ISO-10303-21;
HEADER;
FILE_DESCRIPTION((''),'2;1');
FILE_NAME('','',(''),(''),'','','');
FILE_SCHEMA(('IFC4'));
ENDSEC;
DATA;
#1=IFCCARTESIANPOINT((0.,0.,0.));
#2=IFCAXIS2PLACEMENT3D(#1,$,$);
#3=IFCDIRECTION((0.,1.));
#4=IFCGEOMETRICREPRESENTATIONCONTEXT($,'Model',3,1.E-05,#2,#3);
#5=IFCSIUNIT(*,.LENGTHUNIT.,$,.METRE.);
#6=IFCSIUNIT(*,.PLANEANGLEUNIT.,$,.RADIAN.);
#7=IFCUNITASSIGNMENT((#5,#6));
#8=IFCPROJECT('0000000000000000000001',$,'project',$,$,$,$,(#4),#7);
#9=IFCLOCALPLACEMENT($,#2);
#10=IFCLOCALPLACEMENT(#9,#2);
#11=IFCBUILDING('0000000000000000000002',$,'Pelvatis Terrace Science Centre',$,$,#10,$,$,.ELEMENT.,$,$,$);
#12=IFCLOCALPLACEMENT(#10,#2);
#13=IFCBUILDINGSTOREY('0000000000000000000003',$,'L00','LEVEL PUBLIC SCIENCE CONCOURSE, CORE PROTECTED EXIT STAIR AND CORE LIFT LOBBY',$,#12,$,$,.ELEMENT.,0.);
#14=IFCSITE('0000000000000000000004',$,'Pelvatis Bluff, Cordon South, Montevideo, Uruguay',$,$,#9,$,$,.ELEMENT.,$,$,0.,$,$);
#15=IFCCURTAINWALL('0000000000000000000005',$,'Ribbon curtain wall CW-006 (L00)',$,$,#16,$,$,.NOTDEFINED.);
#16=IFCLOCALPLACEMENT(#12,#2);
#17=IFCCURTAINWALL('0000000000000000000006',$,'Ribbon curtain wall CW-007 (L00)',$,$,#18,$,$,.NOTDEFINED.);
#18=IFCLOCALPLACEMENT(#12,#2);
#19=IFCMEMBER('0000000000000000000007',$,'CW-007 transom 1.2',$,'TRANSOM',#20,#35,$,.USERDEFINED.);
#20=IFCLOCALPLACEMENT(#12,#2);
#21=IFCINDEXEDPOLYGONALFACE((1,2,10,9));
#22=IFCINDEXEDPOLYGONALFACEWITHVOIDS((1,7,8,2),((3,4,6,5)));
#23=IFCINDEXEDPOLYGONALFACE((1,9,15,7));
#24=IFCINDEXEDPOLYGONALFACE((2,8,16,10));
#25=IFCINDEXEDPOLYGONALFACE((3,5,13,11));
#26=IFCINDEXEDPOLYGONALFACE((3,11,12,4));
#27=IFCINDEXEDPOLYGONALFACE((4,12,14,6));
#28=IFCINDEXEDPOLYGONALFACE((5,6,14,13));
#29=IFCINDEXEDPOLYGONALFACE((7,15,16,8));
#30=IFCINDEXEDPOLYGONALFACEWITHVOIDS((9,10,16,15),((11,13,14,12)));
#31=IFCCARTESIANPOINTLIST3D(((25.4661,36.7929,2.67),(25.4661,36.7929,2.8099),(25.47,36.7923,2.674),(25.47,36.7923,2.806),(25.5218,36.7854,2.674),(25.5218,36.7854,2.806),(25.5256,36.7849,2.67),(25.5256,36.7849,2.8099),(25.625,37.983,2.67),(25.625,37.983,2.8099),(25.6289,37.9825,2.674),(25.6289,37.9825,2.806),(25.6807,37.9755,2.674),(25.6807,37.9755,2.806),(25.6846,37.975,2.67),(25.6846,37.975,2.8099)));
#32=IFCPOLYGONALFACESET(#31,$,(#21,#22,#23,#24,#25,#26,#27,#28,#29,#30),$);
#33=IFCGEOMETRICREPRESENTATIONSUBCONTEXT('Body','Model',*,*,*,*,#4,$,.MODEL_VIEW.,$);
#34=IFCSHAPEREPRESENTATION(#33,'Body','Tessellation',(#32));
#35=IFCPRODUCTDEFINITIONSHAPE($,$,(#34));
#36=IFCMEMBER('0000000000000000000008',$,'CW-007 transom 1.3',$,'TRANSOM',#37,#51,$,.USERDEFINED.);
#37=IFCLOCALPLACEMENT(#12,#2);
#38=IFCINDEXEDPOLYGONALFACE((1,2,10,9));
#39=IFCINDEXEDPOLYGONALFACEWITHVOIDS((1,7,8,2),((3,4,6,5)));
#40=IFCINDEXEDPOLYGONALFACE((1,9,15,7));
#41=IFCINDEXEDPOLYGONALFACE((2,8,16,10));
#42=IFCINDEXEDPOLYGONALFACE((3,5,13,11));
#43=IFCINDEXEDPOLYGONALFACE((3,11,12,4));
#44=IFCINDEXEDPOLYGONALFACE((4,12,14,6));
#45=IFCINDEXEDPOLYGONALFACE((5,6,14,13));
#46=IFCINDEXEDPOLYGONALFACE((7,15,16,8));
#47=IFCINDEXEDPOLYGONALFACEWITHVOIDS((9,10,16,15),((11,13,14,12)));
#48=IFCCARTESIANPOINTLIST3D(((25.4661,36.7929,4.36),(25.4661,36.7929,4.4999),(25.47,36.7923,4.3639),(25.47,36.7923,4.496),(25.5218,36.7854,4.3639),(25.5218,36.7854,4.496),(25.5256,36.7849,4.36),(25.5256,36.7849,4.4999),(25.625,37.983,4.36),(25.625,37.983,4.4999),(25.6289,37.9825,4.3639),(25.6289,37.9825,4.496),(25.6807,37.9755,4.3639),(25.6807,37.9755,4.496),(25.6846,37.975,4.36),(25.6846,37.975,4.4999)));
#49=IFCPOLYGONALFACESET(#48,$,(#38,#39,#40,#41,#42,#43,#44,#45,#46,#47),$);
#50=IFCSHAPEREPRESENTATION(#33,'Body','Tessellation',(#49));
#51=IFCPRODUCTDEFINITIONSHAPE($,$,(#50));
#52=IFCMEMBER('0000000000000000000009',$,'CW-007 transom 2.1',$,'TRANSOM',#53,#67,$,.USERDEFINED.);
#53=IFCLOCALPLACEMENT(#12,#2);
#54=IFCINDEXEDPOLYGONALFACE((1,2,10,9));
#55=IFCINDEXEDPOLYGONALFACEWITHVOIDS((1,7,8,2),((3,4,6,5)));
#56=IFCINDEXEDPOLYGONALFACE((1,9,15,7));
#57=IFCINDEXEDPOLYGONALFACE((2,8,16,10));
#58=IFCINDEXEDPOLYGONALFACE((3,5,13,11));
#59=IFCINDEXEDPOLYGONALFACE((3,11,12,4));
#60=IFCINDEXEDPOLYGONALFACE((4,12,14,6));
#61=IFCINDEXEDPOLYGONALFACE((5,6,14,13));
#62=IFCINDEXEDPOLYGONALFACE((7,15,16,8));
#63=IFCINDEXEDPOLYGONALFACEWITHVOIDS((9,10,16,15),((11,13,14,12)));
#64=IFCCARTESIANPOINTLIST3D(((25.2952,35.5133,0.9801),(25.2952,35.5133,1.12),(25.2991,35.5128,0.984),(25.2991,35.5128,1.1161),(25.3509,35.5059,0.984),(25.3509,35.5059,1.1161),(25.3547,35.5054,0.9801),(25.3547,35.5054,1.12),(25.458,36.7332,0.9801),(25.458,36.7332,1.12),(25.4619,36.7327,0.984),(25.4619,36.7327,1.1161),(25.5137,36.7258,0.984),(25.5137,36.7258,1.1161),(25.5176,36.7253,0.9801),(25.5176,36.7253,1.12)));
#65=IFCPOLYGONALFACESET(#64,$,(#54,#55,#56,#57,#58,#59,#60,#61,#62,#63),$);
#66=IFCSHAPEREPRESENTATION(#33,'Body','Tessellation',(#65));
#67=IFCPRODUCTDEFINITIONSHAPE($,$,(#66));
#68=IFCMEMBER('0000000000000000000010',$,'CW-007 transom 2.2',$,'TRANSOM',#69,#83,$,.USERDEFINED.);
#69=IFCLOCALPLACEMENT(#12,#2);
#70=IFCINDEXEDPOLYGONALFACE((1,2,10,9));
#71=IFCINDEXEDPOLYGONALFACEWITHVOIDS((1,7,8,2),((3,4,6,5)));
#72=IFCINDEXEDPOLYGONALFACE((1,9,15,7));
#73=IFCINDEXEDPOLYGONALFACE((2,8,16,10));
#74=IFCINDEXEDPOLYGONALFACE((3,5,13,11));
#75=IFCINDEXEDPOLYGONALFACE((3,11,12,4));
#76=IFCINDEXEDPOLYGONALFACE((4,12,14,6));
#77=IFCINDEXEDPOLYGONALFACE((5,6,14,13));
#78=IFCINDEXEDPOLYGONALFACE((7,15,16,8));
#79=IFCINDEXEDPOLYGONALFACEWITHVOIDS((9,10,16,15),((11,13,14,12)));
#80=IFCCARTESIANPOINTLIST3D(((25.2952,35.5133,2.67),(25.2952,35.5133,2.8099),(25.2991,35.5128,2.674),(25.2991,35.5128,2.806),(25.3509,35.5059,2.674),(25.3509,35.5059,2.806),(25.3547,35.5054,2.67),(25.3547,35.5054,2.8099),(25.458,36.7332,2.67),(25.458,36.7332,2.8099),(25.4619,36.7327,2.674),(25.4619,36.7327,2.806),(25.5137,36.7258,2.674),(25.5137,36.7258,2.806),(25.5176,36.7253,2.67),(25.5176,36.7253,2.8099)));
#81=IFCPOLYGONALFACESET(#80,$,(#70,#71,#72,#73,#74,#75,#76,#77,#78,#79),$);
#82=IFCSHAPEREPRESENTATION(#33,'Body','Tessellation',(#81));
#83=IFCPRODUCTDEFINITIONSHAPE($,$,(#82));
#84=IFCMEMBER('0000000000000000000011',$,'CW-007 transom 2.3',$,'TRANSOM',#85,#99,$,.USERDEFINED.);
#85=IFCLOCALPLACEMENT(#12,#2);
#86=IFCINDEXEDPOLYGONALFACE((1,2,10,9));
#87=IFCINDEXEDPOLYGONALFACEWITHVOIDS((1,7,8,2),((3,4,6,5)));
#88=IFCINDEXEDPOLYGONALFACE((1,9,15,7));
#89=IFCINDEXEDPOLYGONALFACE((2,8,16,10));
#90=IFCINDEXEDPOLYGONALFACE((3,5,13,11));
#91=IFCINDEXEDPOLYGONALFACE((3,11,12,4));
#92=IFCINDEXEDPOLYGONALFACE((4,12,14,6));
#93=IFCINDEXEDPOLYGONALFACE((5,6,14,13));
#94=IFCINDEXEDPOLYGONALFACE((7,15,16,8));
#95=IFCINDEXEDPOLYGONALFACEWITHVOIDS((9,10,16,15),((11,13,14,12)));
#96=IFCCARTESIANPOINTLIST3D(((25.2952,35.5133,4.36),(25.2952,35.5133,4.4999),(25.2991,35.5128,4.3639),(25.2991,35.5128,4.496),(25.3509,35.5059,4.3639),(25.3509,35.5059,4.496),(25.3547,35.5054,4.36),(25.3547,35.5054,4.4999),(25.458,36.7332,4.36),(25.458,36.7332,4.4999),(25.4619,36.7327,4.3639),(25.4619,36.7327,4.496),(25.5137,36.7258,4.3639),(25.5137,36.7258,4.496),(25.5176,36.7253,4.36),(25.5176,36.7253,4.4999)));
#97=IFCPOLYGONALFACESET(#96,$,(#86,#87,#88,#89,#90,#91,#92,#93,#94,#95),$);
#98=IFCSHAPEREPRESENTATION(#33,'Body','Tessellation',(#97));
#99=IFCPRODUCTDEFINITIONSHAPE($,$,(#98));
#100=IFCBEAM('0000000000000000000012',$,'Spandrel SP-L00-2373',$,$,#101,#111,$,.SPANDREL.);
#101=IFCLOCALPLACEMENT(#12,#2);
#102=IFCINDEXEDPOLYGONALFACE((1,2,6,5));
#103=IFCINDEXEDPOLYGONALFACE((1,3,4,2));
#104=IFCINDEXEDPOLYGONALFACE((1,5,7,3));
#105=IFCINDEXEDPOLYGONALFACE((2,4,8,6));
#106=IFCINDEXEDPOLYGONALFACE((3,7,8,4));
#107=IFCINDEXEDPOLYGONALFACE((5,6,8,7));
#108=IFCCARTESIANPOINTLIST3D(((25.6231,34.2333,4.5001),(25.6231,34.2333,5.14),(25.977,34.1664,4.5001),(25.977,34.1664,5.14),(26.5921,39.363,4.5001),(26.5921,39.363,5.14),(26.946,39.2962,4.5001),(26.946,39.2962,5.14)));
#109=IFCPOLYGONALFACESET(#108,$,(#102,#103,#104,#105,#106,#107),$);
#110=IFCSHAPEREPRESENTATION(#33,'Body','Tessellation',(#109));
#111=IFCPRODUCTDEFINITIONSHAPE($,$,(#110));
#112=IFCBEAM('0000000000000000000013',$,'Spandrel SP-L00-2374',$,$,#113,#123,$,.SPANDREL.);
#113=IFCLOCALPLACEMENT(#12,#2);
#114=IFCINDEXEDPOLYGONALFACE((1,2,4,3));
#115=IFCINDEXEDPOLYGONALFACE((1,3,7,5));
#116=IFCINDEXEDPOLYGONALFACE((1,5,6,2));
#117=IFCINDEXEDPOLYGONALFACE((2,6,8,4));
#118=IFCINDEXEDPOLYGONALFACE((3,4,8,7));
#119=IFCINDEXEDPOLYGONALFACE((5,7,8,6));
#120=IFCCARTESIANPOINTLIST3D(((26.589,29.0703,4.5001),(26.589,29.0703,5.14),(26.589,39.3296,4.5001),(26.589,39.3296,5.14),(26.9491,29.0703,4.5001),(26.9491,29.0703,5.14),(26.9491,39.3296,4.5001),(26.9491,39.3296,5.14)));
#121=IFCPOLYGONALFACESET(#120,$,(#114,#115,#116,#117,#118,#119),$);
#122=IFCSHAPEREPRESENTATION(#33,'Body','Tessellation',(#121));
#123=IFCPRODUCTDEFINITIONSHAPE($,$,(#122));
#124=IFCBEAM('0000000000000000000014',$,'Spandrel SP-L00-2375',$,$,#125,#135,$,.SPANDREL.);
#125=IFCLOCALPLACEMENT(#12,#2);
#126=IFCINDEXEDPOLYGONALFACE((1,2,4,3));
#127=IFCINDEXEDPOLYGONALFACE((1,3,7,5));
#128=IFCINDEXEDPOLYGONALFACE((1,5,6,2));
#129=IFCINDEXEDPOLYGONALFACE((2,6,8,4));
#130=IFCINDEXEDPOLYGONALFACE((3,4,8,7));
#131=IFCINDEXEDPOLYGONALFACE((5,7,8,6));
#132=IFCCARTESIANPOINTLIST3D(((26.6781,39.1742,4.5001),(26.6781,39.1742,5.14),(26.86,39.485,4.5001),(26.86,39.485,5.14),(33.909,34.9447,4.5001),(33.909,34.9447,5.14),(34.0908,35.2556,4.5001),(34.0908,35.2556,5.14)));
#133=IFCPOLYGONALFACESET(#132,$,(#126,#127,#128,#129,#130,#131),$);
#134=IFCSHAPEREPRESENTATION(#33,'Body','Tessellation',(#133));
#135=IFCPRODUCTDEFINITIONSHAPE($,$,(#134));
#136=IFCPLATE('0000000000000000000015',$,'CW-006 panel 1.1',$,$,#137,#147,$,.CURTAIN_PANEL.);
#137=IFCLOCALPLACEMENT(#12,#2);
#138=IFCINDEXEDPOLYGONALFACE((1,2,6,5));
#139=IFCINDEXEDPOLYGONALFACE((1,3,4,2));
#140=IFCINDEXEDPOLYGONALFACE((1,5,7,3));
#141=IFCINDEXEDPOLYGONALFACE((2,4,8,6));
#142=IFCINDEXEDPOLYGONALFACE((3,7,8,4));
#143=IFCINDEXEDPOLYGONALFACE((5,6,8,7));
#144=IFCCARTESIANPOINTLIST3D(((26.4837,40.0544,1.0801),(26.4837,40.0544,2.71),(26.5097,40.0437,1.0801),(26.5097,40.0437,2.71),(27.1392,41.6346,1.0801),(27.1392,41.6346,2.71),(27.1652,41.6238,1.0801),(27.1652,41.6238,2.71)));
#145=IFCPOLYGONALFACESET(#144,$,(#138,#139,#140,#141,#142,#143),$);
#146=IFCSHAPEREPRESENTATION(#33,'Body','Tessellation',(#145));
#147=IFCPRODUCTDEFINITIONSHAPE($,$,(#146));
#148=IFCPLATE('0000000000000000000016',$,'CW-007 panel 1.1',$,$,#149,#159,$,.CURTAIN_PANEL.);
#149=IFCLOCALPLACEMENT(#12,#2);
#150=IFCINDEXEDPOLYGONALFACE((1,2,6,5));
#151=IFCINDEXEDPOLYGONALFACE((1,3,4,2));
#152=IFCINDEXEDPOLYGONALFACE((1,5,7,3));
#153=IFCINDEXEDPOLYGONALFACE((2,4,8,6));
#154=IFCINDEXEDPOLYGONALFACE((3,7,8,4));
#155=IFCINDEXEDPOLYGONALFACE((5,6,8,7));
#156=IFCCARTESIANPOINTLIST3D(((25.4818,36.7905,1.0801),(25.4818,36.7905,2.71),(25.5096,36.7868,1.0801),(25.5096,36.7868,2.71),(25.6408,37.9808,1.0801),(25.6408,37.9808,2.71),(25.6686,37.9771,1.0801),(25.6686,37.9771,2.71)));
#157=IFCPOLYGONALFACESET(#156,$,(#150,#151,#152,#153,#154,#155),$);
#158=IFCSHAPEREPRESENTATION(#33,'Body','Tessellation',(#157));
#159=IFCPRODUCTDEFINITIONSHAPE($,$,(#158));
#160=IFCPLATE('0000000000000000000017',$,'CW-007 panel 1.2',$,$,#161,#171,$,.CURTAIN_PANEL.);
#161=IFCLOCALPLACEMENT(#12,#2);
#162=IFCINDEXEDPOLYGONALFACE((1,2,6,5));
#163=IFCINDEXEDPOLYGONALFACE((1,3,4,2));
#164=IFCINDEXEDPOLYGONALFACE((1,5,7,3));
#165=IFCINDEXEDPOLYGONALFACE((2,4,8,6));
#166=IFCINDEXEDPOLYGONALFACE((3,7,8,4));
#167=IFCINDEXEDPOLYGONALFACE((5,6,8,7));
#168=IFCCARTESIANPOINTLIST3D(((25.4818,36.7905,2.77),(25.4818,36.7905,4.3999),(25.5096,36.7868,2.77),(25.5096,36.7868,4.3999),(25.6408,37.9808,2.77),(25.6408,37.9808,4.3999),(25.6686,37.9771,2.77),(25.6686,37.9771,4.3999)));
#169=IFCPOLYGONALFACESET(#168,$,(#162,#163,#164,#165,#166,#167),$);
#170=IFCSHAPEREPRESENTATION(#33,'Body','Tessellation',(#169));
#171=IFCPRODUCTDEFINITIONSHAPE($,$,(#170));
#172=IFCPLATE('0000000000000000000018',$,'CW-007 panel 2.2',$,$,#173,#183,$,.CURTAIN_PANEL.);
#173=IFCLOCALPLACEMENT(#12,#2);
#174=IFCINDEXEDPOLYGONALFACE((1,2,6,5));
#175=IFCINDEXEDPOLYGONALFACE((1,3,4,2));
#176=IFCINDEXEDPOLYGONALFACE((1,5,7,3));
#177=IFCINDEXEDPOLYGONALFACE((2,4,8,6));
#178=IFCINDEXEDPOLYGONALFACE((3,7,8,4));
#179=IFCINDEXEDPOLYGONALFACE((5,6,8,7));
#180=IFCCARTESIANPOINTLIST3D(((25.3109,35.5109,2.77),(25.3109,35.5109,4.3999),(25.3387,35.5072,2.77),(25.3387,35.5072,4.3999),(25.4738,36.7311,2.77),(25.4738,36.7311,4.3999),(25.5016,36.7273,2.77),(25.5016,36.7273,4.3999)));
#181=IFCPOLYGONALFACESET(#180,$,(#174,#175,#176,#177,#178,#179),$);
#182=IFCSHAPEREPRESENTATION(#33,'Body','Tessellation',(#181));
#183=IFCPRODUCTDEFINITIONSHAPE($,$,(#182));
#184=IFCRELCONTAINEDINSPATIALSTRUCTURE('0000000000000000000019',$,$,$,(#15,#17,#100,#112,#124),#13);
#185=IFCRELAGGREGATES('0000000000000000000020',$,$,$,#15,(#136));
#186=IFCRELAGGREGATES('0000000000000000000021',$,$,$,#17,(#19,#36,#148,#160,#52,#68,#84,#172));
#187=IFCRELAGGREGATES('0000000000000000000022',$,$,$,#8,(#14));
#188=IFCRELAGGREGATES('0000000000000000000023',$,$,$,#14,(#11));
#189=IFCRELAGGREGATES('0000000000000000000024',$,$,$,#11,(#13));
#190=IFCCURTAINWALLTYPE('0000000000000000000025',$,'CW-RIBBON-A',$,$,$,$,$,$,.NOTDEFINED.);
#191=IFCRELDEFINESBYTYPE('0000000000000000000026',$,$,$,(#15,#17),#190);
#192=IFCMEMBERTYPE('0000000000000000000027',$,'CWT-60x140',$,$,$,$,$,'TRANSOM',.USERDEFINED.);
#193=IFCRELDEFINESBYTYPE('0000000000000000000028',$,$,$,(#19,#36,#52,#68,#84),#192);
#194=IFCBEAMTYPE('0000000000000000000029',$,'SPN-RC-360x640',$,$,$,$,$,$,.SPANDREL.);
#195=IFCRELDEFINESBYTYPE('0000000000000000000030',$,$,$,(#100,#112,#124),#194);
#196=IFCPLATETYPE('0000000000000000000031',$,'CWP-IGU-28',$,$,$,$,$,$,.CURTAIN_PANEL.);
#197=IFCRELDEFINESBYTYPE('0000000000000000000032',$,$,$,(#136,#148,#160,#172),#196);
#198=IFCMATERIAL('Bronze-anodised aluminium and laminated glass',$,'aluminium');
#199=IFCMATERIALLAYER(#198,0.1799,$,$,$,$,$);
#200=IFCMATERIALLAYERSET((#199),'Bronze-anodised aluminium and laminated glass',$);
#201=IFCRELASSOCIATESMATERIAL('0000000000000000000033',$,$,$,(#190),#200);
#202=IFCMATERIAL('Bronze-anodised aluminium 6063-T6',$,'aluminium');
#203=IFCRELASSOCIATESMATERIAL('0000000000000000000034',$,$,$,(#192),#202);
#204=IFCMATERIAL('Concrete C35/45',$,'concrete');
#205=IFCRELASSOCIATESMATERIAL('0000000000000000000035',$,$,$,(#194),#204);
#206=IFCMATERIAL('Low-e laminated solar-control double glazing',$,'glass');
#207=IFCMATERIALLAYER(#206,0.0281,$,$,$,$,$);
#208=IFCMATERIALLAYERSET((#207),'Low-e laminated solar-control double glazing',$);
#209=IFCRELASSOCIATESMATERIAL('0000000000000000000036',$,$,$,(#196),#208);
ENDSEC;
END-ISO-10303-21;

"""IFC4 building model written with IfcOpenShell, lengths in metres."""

from ifc_helpers import new_model, si_unit, direction, frame, origin, origin_2d, place, context, subcontext, project, spatial, rectangle, hollow_rectangle, extrude, material, layer, layer_set, material_profile, profile_set, type_object, element, aggregate, save


model = new_model("IFC4")

# Units and contexts
model_context = context("Model", 3, precision=1e-05, world=origin(), true_north=direction((0.0, 1.0)))
body_context = subcontext(model_context, "Body", "Model", "MODEL_VIEW")
ifc_project = project(units=[si_unit("LENGTHUNIT", "METRE"), si_unit("PLANEANGLEUNIT", "RADIAN")], contexts=[model_context])

# Site, building, storey
site_placement = place(None, origin())
site = spatial("IfcSite", under=ifc_project, at=site_placement, Name="Pelvatis Bluff, Cordon South, Montevideo, Uruguay", CompositionType="ELEMENT", RefElevation=0.0)
building_placement = place(site_placement, origin())
building = spatial("IfcBuilding", under=site, at=building_placement, Name="Pelvatis Terrace Science Centre", CompositionType="ELEMENT")
storey_placement = place(building_placement, origin())
storey = spatial("IfcBuildingStorey", under=building, at=storey_placement, Name="L00", Description="LEVEL PUBLIC SCIENCE CONCOURSE, CORE PROTECTED EXIT STAIR AND CORE LIFT LOBBY", CompositionType="ELEMENT", Elevation=0.0)

# Curtain wall
ifc_material_1 = material(Name="Bronze-anodised aluminium and laminated glass", Category="aluminium")
ifc_layer_1 = layer(ifc_material_1, 0.1799)
ifc_layer_set_1 = layer_set([ifc_layer_1], Name="Bronze-anodised aluminium and laminated glass")
curtain_wall_type = type_object("IfcCurtainWallType", Name="CW-RIBBON-A", PredefinedType="NOTDEFINED", material=ifc_layer_set_1)
curtain_wall_1_placement = place(storey_placement, origin())
curtain_wall_1 = element("IfcCurtainWall", 1, at=curtain_wall_1_placement, inside=storey, type_object=curtain_wall_type, Name="Ribbon curtain wall CW-006 (L00)", PredefinedType="NOTDEFINED")

# Curtain wall, members
curtain_wall_2_placement = place(storey_placement, origin())
curtain_wall_2 = element("IfcCurtainWall", 2, at=curtain_wall_2_placement, inside=storey, type_object=curtain_wall_type, Name="Ribbon curtain wall CW-007 (L00)", PredefinedType="NOTDEFINED")
ifc_material_2 = material(Name="Bronze-anodised aluminium 6063-T6", Category="aluminium")
ifc_material_profile_1 = material_profile(ifc_material_2, hollow_rectangle(XDim=0.0601, YDim=0.1399, WallThickness=0.0039, at=origin_2d()), Name="ALU-TRN 60x140")
ifc_profile_set_1 = profile_set([ifc_material_profile_1], Name="Bronze-anodised aluminium 6063-T6")
member_type_1 = type_object("IfcMemberType", Name="CWT-60x140", ElementType="TRANSOM", PredefinedType="USERDEFINED", material=ifc_profile_set_1)
member_1_placement = place(storey_placement, frame((25.6548, 37.979, 2.74), z_axis=(-0.132363, -0.991201, 0.0), x_axis=(0.991201, -0.132363, 0.0)))
member_1 = element("IfcMember", 3, at=member_1_placement, type_object=member_type_1, Name="CW-007 transom 1.2", ObjectType="TRANSOM", PredefinedType="USERDEFINED", context=body_context, shape_type="SweptSolid", body=[
    extrude(hollow_rectangle(XDim=0.0601, YDim=0.1399, WallThickness=0.0039, at=origin_2d()), origin(), (0.0, 0.0, 1.0), 1.2007),
])
member_2_placement = place(storey_placement, frame((25.6548, 37.979, 4.4299), z_axis=(-0.132363, -0.991201, 0.0), x_axis=(0.991201, -0.132363, 0.0)))
member_2 = element("IfcMember", 4, at=member_2_placement, type_object=member_type_1, Name="CW-007 transom 1.3", ObjectType="TRANSOM", PredefinedType="USERDEFINED", context=body_context, shape_type="SweptSolid", body=[
    extrude(hollow_rectangle(XDim=0.0601, YDim=0.1399, WallThickness=0.0039, at=origin_2d()), origin(), (0.0, 0.0, 1.0), 1.2007),
])
member_3_placement = place(storey_placement, frame((25.4878, 36.7292, 1.05), z_axis=(-0.132307, -0.991209, 0.0), x_axis=(0.991209, -0.132307, 0.0)))
member_3 = element("IfcMember", 5, at=member_3_placement, type_object=member_type_1, Name="CW-007 transom 2.1", ObjectType="TRANSOM", PredefinedType="USERDEFINED", context=body_context, shape_type="SweptSolid", body=[
    extrude(hollow_rectangle(XDim=0.0601, YDim=0.1399, WallThickness=0.0039, at=origin_2d()), origin(), (0.0, 0.0, 1.0), 1.2307),
])
member_4_placement = place(storey_placement, frame((25.4878, 36.7292, 2.74), z_axis=(-0.132307, -0.991209, 0.0), x_axis=(0.991209, -0.132307, 0.0)))
member_4 = element("IfcMember", 6, at=member_4_placement, type_object=member_type_1, Name="CW-007 transom 2.2", ObjectType="TRANSOM", PredefinedType="USERDEFINED", context=body_context, shape_type="SweptSolid", body=[
    extrude(hollow_rectangle(XDim=0.0601, YDim=0.1399, WallThickness=0.0039, at=origin_2d()), origin(), (0.0, 0.0, 1.0), 1.2307),
])
member_5_placement = place(storey_placement, frame((25.4878, 36.7292, 4.4299), z_axis=(-0.132307, -0.991209, 0.0), x_axis=(0.991209, -0.132307, 0.0)))
member_5 = element("IfcMember", 7, at=member_5_placement, type_object=member_type_1, Name="CW-007 transom 2.3", ObjectType="TRANSOM", PredefinedType="USERDEFINED", context=body_context, shape_type="SweptSolid", body=[
    extrude(hollow_rectangle(XDim=0.0601, YDim=0.1399, WallThickness=0.0039, at=origin_2d()), origin(), (0.0, 0.0, 1.0), 1.2307),
])

# Beams
ifc_material_3 = material(Name="Concrete C35/45", Category="concrete")
ifc_material_profile_2 = material_profile(ifc_material_3, rectangle(XDim=0.3601, YDim=0.6399, at=origin_2d()), Name="RC-SPN 360x640")
ifc_profile_set_2 = profile_set([ifc_material_profile_2], Name="Concrete C35/45")
beam_type = type_object("IfcBeamType", Name="SPN-RC-360x640", PredefinedType="SPANDREL", material=ifc_profile_set_2)
beam_1_placement = place(storey_placement, frame((26.769, 39.3296, 4.8201), z_axis=(-0.185618, -0.982622, 0.0), x_axis=(0.982622, -0.185618, 0.0)))
element("IfcBeam", 8, at=beam_1_placement, inside=storey, type_object=beam_type, Name="Spandrel SP-L00-2373", PredefinedType="SPANDREL", context=body_context, shape_type="SweptSolid", body=[
    extrude(rectangle(XDim=0.3601, YDim=0.6399, at=origin_2d()), origin(), (0.0, 0.0, 1.0), 5.2205),
])
beam_2_placement = place(storey_placement, frame((26.769, 39.3296, 4.8201), z_axis=(0.0, -1.0, 0.0), x_axis=(1.0, 0.0, 0.0)))
element("IfcBeam", 9, at=beam_2_placement, inside=storey, type_object=beam_type, Name="Spandrel SP-L00-2374", PredefinedType="SPANDREL", context=body_context, shape_type="SweptSolid", body=[
    extrude(rectangle(XDim=0.3601, YDim=0.6399, at=origin_2d()), origin(), (0.0, 0.0, 1.0), 10.2593),
])
beam_3_placement = place(storey_placement, frame((26.769, 39.3296, 4.8201), z_axis=(0.863184, -0.504889, 0.0), x_axis=(0.504889, 0.863184, 0.0)))
element("IfcBeam", 10, at=beam_3_placement, inside=storey, type_object=beam_type, Name="Spandrel SP-L00-2375", PredefinedType="SPANDREL", context=body_context, shape_type="SweptSolid", body=[
    extrude(rectangle(XDim=0.3601, YDim=0.6399, at=origin_2d()), origin(), (0.0, 0.0, 1.0), 8.377),
])

# Plates
ifc_material_4 = material(Name="Low-e laminated solar-control double glazing", Category="glass")
ifc_layer_2 = layer(ifc_material_4, 0.0281)
ifc_layer_set_2 = layer_set([ifc_layer_2], Name="Low-e laminated solar-control double glazing")
plate_type = type_object("IfcPlateType", Name="CWP-IGU-28", PredefinedType="CURTAIN_PANEL", material=ifc_layer_set_2)
plate_1_placement = place(storey_placement, frame((26.8245, 40.8391, 1.0801), z_axis=(0.0, 0.0, 1.0), x_axis=(-0.38318, -0.923674, 0.0)))
plate_1 = element("IfcPlate", 11, at=plate_1_placement, type_object=plate_type, Name="CW-006 panel 1.1", PredefinedType="CURTAIN_PANEL", context=body_context, shape_type="SweptSolid", body=[
    extrude(rectangle(XDim=1.7107, YDim=0.0281, at=origin_2d()), origin(), (0.0, 0.0, 1.0), 1.6299),
])
aggregate(curtain_wall_1, [plate_1])
plate_2_placement = place(storey_placement, frame((25.5752, 37.3838, 1.0801), z_axis=(0.0, 0.0, 1.0), x_axis=(-0.132392, -0.991197, 0.0)))
plate_2 = element("IfcPlate", 12, at=plate_2_placement, type_object=plate_type, Name="CW-007 panel 1.1", PredefinedType="CURTAIN_PANEL", context=body_context, shape_type="SweptSolid", body=[
    extrude(rectangle(XDim=1.2009, YDim=0.0281, at=origin_2d()), origin(), (0.0, 0.0, 1.0), 1.6299),
])
plate_3_placement = place(storey_placement, frame((25.5752, 37.3838, 2.77), z_axis=(0.0, 0.0, 1.0), x_axis=(-0.132392, -0.991197, 0.0)))
plate_3 = element("IfcPlate", 13, at=plate_3_placement, type_object=plate_type, Name="CW-007 panel 1.2", PredefinedType="CURTAIN_PANEL", context=body_context, shape_type="SweptSolid", body=[
    extrude(rectangle(XDim=1.2009, YDim=0.0281, at=origin_2d()), origin(), (0.0, 0.0, 1.0), 1.6299),
])
plate_4_placement = place(storey_placement, frame((25.4062, 36.1191, 2.77), z_axis=(0.0, 0.0, 1.0), x_axis=(-0.132392, -0.991197, 0.0)))
plate_4 = element("IfcPlate", 14, at=plate_4_placement, type_object=plate_type, Name="CW-007 panel 2.2", PredefinedType="CURTAIN_PANEL", context=body_context, shape_type="SweptSolid", body=[
    extrude(rectangle(XDim=1.231, YDim=0.0281, at=origin_2d()), origin(), (0.0, 0.0, 1.0), 1.6299),
])
aggregate(curtain_wall_2, [member_1, member_2, plate_2, plate_3, member_3, member_4, member_5, plate_4])

save(model, "model.ifc")
